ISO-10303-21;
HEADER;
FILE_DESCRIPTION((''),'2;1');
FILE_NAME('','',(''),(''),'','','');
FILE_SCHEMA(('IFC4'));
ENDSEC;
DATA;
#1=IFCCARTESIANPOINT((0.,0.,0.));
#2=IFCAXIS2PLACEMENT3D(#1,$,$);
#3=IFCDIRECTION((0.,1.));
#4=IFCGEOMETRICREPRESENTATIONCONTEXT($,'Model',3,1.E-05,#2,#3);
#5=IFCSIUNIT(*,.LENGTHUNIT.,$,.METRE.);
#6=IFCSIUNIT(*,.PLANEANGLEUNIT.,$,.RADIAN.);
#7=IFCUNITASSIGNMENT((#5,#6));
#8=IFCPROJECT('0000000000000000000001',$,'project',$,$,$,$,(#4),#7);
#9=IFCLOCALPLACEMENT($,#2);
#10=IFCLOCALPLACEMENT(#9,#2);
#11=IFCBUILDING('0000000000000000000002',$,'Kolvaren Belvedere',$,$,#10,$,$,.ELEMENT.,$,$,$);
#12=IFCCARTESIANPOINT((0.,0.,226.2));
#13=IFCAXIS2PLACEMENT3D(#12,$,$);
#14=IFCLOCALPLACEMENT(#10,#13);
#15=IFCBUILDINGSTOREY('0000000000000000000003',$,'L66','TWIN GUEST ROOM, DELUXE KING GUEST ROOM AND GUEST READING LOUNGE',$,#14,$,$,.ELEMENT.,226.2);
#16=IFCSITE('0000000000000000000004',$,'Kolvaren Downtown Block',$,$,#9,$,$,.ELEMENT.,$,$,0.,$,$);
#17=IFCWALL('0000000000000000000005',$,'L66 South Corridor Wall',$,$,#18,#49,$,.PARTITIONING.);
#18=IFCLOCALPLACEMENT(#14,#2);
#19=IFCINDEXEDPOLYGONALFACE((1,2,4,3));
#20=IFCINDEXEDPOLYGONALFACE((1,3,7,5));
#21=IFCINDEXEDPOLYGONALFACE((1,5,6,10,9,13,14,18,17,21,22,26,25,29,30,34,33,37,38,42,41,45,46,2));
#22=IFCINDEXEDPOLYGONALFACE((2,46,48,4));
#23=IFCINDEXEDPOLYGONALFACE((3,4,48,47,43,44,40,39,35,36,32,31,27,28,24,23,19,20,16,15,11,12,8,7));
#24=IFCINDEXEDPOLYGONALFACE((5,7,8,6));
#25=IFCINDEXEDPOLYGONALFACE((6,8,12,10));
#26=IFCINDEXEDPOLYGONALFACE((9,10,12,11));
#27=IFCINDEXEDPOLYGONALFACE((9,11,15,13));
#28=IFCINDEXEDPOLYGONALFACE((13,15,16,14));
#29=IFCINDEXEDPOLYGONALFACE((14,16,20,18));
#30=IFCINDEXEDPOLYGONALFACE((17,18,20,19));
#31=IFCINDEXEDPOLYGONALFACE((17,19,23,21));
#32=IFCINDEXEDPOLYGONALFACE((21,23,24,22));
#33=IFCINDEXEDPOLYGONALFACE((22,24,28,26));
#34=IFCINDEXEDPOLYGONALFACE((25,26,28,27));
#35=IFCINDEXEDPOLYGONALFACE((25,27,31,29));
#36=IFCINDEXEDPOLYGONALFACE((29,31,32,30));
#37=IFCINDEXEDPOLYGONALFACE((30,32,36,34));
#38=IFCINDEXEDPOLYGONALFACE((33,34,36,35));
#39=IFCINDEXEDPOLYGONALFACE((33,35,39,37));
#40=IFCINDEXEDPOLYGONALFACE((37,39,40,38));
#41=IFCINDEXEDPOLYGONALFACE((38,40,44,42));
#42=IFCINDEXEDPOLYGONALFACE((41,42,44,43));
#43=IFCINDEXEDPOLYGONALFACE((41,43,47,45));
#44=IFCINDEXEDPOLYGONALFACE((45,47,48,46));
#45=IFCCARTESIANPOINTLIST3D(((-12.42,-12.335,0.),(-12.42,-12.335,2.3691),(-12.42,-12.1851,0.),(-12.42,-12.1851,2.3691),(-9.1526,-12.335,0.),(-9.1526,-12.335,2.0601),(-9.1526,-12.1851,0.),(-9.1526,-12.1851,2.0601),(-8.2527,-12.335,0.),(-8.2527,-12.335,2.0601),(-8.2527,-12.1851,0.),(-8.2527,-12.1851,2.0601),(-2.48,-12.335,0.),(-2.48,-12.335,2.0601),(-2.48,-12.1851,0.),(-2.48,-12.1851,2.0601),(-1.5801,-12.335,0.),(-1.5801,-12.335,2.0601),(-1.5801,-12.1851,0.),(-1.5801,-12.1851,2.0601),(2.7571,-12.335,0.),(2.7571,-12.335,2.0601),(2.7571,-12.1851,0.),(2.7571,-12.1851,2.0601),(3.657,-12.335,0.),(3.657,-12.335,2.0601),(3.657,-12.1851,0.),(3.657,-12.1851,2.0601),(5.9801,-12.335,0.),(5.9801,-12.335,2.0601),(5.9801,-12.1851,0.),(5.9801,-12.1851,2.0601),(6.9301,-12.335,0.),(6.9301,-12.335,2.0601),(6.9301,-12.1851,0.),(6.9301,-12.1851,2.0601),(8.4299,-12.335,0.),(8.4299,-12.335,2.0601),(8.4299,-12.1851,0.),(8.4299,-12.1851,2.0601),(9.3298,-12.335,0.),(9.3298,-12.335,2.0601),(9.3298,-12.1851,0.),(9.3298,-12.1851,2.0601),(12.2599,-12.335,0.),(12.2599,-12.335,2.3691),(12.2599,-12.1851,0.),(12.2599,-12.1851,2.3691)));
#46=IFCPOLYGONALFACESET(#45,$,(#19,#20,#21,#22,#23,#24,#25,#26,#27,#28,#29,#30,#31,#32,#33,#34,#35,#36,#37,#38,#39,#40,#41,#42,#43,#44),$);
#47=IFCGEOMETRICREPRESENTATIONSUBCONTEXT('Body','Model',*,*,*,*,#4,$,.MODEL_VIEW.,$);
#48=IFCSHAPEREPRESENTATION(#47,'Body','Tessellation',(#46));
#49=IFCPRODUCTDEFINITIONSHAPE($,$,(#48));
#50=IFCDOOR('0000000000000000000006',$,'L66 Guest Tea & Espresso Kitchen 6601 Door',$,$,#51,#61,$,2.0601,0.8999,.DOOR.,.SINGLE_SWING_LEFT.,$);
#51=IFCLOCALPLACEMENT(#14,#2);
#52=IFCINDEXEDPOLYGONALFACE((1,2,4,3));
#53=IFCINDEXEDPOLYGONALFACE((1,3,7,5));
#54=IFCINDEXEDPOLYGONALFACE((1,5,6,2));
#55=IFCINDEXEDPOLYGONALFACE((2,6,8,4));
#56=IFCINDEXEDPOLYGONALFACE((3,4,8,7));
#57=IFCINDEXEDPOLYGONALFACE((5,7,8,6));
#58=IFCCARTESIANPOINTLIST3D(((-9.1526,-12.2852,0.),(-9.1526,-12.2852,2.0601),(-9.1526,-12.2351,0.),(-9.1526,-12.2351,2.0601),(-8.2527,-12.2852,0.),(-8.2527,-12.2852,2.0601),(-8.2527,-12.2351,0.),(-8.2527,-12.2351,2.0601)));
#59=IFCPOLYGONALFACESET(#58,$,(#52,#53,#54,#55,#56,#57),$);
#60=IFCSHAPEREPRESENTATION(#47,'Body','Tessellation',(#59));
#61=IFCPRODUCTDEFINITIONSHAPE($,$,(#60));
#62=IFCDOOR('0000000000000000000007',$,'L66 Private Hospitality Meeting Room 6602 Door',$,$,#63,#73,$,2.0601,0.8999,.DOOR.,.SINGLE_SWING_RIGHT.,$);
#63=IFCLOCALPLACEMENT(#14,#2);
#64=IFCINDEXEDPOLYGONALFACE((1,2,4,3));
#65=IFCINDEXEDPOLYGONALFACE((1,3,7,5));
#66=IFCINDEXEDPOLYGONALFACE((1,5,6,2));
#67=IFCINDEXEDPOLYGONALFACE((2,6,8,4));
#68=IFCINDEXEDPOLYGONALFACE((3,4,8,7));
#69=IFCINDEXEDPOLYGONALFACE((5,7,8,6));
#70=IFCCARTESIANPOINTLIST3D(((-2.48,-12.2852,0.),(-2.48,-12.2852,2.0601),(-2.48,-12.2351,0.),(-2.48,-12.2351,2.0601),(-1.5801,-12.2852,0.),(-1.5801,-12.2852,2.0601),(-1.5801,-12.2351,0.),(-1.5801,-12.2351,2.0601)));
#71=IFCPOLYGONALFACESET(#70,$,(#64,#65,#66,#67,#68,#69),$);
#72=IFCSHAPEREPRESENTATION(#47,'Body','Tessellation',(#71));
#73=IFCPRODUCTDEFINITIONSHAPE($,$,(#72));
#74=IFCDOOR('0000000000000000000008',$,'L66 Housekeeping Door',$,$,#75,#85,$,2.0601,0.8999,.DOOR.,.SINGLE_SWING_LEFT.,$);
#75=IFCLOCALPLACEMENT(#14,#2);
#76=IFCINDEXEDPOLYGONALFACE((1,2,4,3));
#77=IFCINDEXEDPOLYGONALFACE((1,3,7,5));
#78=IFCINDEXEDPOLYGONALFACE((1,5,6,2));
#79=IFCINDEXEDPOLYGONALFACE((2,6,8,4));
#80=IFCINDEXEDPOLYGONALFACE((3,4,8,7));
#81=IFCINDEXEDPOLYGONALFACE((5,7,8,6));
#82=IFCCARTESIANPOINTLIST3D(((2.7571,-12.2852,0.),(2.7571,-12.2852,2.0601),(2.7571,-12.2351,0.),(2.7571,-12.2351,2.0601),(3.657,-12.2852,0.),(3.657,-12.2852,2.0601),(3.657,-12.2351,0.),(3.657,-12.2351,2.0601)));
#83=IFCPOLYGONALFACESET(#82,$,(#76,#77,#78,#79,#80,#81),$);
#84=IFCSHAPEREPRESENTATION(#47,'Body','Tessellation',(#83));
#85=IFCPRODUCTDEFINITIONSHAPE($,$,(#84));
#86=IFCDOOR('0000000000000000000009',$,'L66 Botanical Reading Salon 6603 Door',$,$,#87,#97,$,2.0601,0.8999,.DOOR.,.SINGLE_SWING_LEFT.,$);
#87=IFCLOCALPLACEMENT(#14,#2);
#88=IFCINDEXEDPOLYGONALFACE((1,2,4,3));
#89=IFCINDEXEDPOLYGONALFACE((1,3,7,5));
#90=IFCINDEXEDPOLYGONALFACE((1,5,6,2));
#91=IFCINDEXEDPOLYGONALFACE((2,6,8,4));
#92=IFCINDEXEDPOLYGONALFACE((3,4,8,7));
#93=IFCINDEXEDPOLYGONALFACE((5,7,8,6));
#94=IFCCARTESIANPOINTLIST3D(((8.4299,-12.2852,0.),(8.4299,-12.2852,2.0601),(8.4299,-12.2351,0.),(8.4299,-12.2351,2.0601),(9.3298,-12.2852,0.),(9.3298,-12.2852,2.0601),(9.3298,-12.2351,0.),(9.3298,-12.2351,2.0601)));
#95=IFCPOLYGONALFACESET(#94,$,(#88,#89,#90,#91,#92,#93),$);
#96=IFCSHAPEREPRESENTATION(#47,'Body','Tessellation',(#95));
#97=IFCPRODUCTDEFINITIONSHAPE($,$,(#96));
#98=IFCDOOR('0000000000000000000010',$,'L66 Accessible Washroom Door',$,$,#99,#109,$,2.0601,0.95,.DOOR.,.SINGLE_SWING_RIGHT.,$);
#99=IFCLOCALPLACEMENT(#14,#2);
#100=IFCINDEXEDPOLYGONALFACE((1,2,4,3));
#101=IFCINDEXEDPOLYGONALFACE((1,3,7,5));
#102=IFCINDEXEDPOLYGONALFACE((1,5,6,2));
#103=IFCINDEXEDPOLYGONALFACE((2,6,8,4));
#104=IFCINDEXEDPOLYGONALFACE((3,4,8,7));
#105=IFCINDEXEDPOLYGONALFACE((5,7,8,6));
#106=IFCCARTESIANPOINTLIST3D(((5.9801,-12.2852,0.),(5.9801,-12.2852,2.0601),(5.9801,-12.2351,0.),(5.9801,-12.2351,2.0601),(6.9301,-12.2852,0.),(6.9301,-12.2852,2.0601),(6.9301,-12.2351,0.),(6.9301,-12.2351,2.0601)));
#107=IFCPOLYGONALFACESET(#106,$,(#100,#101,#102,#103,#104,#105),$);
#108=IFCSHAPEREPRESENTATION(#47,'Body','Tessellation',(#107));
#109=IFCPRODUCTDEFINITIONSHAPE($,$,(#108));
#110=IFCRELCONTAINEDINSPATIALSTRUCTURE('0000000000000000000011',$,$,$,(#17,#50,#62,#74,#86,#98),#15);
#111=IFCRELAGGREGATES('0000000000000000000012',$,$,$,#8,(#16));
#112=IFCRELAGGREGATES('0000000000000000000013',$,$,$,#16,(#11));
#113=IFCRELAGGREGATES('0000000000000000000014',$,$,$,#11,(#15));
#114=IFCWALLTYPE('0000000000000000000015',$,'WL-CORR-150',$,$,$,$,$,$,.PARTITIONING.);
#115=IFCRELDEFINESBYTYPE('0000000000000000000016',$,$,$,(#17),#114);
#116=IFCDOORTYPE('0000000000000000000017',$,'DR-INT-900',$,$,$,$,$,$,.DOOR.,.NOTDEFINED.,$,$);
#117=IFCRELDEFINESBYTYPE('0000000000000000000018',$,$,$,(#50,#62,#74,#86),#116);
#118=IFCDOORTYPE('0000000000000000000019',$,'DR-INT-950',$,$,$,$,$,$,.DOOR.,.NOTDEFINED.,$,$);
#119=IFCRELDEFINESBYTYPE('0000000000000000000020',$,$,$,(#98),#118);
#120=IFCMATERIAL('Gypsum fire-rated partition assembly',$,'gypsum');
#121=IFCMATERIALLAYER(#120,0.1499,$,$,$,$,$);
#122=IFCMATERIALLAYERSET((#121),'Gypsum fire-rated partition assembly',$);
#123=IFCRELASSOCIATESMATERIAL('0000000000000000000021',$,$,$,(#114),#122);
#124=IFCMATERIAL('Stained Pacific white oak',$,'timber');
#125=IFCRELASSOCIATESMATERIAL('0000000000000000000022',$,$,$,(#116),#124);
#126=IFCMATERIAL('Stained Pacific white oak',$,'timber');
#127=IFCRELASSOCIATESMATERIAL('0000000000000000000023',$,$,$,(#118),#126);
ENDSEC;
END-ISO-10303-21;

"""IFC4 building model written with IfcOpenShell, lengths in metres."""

from ifc_helpers import new_model, si_unit, direction, frame, frame_2d, origin, place, context, subcontext, project, spatial, rectangle, extrude, material, layer, layer_set, type_object, element, fill, save


model = new_model("IFC4")

# Units and contexts
model_context = context("Model", 3, precision=1e-05, world=origin(), true_north=direction((0.0, 1.0)))
body_context = subcontext(model_context, "Body", "Model", "MODEL_VIEW")
ifc_project = project(units=[si_unit("LENGTHUNIT", "METRE"), si_unit("PLANEANGLEUNIT", "RADIAN")], contexts=[model_context])

# Site, building, storey
site_placement = place(None, origin())
site = spatial("IfcSite", under=ifc_project, at=site_placement, Name="Kolvaren Downtown Block", CompositionType="ELEMENT", RefElevation=0.0)
building_placement = place(site_placement, origin())
building = spatial("IfcBuilding", under=site, at=building_placement, Name="Kolvaren Belvedere", CompositionType="ELEMENT")
storey_placement = place(building_placement, frame((0.0, 0.0, 226.2)))
storey = spatial("IfcBuildingStorey", under=building, at=storey_placement, Name="L66", Description="TWIN GUEST ROOM, DELUXE KING GUEST ROOM AND GUEST READING LOUNGE", CompositionType="ELEMENT", Elevation=226.2)

# Wall, openings, doors
ifc_material_1 = material(Name="Gypsum fire-rated partition assembly", Category="gypsum")
ifc_layer_1 = layer(ifc_material_1, 0.1499)
ifc_layer_set_1 = layer_set([ifc_layer_1], Name="Gypsum fire-rated partition assembly")
wall_type_1 = type_object("IfcWallType", Name="WL-CORR-150", PredefinedType="PARTITIONING", material=ifc_layer_set_1)
wall_1_placement = place(storey_placement, frame((-12.4199, -12.26, 0.0), z_axis=(0.0, 0.0, 1.0), x_axis=(1.0, 0.0, 0.0)))
wall_1 = element("IfcWall", 1, at=wall_1_placement, inside=storey, type_object=wall_type_1, Name="L66 South Corridor Wall", PredefinedType="PARTITIONING", context=body_context, shape_type="SweptSolid", body=[
    extrude(rectangle(XDim=24.6799, YDim=0.1499, at=frame_2d((12.3398, 0.0))), origin(), (0.0, 0.0, 1.0), 2.3691),
])
opening_1_placement = place(wall_1_placement, frame((3.2673, 0.0, 0.0)))
opening_1 = element("IfcOpeningElement", 2, at=opening_1_placement, cuts=wall_1, PredefinedType="OPENING", context=body_context, shape_type="SweptSolid", body=[
    extrude(rectangle(XDim=0.8999, YDim=2.0601, at=frame_2d((0.45, 1.03))), frame((0.0, 0.085, 0.0), z_axis=(0.0, -1.0, 0.0), x_axis=(1.0, 0.0, 0.0)), (0.0, 0.0, 1.0), 0.1699),
])
opening_2_placement = place(wall_1_placement, frame((9.9399, 0.0, 0.0)))
opening_2 = element("IfcOpeningElement", 3, at=opening_2_placement, cuts=wall_1, PredefinedType="OPENING", context=body_context, shape_type="SweptSolid", body=[
    extrude(rectangle(XDim=0.8999, YDim=2.0601, at=frame_2d((0.45, 1.03))), frame((0.0, 0.085, 0.0), z_axis=(0.0, -1.0, 0.0), x_axis=(1.0, 0.0, 0.0)), (0.0, 0.0, 1.0), 0.1699),
])
opening_3_placement = place(wall_1_placement, frame((15.177, 0.0, 0.0)))
opening_3 = element("IfcOpeningElement", 4, at=opening_3_placement, cuts=wall_1, PredefinedType="OPENING", context=body_context, shape_type="SweptSolid", body=[
    extrude(rectangle(XDim=0.8999, YDim=2.0601, at=frame_2d((0.45, 1.03))), frame((0.0, 0.085, 0.0), z_axis=(0.0, -1.0, 0.0), x_axis=(1.0, 0.0, 0.0)), (0.0, 0.0, 1.0), 0.1699),
])
opening_4_placement = place(wall_1_placement, frame((18.3999, 0.0, 0.0)))
opening_4 = element("IfcOpeningElement", 5, at=opening_4_placement, cuts=wall_1, PredefinedType="OPENING", context=body_context, shape_type="SweptSolid", body=[
    extrude(rectangle(XDim=0.95, YDim=2.0601, at=frame_2d((0.4751, 1.03))), frame((0.0, 0.085, 0.0), z_axis=(0.0, -1.0, 0.0), x_axis=(1.0, 0.0, 0.0)), (0.0, 0.0, 1.0), 0.1699),
])
opening_5_placement = place(wall_1_placement, frame((20.8499, 0.0, 0.0)))
opening_5 = element("IfcOpeningElement", 6, at=opening_5_placement, cuts=wall_1, PredefinedType="OPENING", context=body_context, shape_type="SweptSolid", body=[
    extrude(rectangle(XDim=0.8999, YDim=2.0601, at=frame_2d((0.45, 1.03))), frame((0.0, 0.085, 0.0), z_axis=(0.0, -1.0, 0.0), x_axis=(1.0, 0.0, 0.0)), (0.0, 0.0, 1.0), 0.1699),
])
ifc_material_2 = material(Name="Stained Pacific white oak", Category="timber")
door_type_1 = type_object("IfcDoorType", Name="DR-INT-900", OperationType="NOTDEFINED", PredefinedType="DOOR", material=ifc_material_2)
door_1_placement = place(opening_1_placement, origin())
door_1 = element("IfcDoor", 7, at=door_1_placement, inside=storey, type_object=door_type_1, Name="L66 Guest Tea & Espresso Kitchen 6601 Door", OperationType="SINGLE_SWING_LEFT", OverallHeight=2.0601, OverallWidth=0.8999, PredefinedType="DOOR", context=body_context, shape_type="SweptSolid", body=[
    extrude(rectangle(XDim=0.8999, YDim=2.0601, at=frame_2d((0.45, 1.03))), frame((0.0, 0.0249, 0.0), z_axis=(0.0, -1.0, 0.0), x_axis=(1.0, 0.0, 0.0)), (0.0, 0.0, 1.0), 0.05),
])
fill(opening_1, door_1)
door_2_placement = place(opening_2_placement, origin())
door_2 = element("IfcDoor", 8, at=door_2_placement, inside=storey, type_object=door_type_1, Name="L66 Private Hospitality Meeting Room 6602 Door", OperationType="SINGLE_SWING_RIGHT", OverallHeight=2.0601, OverallWidth=0.8999, PredefinedType="DOOR", context=body_context, shape_type="SweptSolid", body=[
    extrude(rectangle(XDim=0.8999, YDim=2.0601, at=frame_2d((0.45, 1.03))), frame((0.0, 0.0249, 0.0), z_axis=(0.0, -1.0, 0.0), x_axis=(1.0, 0.0, 0.0)), (0.0, 0.0, 1.0), 0.05),
])
fill(opening_2, door_2)
door_3_placement = place(opening_3_placement, origin())
door_3 = element("IfcDoor", 9, at=door_3_placement, inside=storey, type_object=door_type_1, Name="L66 Housekeeping Door", OperationType="SINGLE_SWING_LEFT", OverallHeight=2.0601, OverallWidth=0.8999, PredefinedType="DOOR", context=body_context, shape_type="SweptSolid", body=[
    extrude(rectangle(XDim=0.8999, YDim=2.0601, at=frame_2d((0.45, 1.03))), frame((0.0, 0.0249, 0.0), z_axis=(0.0, -1.0, 0.0), x_axis=(1.0, 0.0, 0.0)), (0.0, 0.0, 1.0), 0.05),
])
fill(opening_3, door_3)
door_4_placement = place(opening_5_placement, origin())
door_4 = element("IfcDoor", 10, at=door_4_placement, inside=storey, type_object=door_type_1, Name="L66 Botanical Reading Salon 6603 Door", OperationType="SINGLE_SWING_LEFT", OverallHeight=2.0601, OverallWidth=0.8999, PredefinedType="DOOR", context=body_context, shape_type="SweptSolid", body=[
    extrude(rectangle(XDim=0.8999, YDim=2.0601, at=frame_2d((0.45, 1.03))), frame((0.0, 0.0249, 0.0), z_axis=(0.0, -1.0, 0.0), x_axis=(1.0, 0.0, 0.0)), (0.0, 0.0, 1.0), 0.05),
])
fill(opening_5, door_4)
ifc_material_3 = material(Name="Stained Pacific white oak", Category="timber")
door_type_2 = type_object("IfcDoorType", Name="DR-INT-950", OperationType="NOTDEFINED", PredefinedType="DOOR", material=ifc_material_3)
door_5_placement = place(opening_4_placement, origin())
door_5 = element("IfcDoor", 11, at=door_5_placement, inside=storey, type_object=door_type_2, Name="L66 Accessible Washroom Door", OperationType="SINGLE_SWING_RIGHT", OverallHeight=2.0601, OverallWidth=0.95, PredefinedType="DOOR", context=body_context, shape_type="SweptSolid", body=[
    extrude(rectangle(XDim=0.95, YDim=2.0601, at=frame_2d((0.4751, 1.03))), frame((0.0, 0.0249, 0.0), z_axis=(0.0, -1.0, 0.0), x_axis=(1.0, 0.0, 0.0)), (0.0, 0.0, 1.0), 0.05),
])
fill(opening_4, door_5)

save(model, "model.ifc")
